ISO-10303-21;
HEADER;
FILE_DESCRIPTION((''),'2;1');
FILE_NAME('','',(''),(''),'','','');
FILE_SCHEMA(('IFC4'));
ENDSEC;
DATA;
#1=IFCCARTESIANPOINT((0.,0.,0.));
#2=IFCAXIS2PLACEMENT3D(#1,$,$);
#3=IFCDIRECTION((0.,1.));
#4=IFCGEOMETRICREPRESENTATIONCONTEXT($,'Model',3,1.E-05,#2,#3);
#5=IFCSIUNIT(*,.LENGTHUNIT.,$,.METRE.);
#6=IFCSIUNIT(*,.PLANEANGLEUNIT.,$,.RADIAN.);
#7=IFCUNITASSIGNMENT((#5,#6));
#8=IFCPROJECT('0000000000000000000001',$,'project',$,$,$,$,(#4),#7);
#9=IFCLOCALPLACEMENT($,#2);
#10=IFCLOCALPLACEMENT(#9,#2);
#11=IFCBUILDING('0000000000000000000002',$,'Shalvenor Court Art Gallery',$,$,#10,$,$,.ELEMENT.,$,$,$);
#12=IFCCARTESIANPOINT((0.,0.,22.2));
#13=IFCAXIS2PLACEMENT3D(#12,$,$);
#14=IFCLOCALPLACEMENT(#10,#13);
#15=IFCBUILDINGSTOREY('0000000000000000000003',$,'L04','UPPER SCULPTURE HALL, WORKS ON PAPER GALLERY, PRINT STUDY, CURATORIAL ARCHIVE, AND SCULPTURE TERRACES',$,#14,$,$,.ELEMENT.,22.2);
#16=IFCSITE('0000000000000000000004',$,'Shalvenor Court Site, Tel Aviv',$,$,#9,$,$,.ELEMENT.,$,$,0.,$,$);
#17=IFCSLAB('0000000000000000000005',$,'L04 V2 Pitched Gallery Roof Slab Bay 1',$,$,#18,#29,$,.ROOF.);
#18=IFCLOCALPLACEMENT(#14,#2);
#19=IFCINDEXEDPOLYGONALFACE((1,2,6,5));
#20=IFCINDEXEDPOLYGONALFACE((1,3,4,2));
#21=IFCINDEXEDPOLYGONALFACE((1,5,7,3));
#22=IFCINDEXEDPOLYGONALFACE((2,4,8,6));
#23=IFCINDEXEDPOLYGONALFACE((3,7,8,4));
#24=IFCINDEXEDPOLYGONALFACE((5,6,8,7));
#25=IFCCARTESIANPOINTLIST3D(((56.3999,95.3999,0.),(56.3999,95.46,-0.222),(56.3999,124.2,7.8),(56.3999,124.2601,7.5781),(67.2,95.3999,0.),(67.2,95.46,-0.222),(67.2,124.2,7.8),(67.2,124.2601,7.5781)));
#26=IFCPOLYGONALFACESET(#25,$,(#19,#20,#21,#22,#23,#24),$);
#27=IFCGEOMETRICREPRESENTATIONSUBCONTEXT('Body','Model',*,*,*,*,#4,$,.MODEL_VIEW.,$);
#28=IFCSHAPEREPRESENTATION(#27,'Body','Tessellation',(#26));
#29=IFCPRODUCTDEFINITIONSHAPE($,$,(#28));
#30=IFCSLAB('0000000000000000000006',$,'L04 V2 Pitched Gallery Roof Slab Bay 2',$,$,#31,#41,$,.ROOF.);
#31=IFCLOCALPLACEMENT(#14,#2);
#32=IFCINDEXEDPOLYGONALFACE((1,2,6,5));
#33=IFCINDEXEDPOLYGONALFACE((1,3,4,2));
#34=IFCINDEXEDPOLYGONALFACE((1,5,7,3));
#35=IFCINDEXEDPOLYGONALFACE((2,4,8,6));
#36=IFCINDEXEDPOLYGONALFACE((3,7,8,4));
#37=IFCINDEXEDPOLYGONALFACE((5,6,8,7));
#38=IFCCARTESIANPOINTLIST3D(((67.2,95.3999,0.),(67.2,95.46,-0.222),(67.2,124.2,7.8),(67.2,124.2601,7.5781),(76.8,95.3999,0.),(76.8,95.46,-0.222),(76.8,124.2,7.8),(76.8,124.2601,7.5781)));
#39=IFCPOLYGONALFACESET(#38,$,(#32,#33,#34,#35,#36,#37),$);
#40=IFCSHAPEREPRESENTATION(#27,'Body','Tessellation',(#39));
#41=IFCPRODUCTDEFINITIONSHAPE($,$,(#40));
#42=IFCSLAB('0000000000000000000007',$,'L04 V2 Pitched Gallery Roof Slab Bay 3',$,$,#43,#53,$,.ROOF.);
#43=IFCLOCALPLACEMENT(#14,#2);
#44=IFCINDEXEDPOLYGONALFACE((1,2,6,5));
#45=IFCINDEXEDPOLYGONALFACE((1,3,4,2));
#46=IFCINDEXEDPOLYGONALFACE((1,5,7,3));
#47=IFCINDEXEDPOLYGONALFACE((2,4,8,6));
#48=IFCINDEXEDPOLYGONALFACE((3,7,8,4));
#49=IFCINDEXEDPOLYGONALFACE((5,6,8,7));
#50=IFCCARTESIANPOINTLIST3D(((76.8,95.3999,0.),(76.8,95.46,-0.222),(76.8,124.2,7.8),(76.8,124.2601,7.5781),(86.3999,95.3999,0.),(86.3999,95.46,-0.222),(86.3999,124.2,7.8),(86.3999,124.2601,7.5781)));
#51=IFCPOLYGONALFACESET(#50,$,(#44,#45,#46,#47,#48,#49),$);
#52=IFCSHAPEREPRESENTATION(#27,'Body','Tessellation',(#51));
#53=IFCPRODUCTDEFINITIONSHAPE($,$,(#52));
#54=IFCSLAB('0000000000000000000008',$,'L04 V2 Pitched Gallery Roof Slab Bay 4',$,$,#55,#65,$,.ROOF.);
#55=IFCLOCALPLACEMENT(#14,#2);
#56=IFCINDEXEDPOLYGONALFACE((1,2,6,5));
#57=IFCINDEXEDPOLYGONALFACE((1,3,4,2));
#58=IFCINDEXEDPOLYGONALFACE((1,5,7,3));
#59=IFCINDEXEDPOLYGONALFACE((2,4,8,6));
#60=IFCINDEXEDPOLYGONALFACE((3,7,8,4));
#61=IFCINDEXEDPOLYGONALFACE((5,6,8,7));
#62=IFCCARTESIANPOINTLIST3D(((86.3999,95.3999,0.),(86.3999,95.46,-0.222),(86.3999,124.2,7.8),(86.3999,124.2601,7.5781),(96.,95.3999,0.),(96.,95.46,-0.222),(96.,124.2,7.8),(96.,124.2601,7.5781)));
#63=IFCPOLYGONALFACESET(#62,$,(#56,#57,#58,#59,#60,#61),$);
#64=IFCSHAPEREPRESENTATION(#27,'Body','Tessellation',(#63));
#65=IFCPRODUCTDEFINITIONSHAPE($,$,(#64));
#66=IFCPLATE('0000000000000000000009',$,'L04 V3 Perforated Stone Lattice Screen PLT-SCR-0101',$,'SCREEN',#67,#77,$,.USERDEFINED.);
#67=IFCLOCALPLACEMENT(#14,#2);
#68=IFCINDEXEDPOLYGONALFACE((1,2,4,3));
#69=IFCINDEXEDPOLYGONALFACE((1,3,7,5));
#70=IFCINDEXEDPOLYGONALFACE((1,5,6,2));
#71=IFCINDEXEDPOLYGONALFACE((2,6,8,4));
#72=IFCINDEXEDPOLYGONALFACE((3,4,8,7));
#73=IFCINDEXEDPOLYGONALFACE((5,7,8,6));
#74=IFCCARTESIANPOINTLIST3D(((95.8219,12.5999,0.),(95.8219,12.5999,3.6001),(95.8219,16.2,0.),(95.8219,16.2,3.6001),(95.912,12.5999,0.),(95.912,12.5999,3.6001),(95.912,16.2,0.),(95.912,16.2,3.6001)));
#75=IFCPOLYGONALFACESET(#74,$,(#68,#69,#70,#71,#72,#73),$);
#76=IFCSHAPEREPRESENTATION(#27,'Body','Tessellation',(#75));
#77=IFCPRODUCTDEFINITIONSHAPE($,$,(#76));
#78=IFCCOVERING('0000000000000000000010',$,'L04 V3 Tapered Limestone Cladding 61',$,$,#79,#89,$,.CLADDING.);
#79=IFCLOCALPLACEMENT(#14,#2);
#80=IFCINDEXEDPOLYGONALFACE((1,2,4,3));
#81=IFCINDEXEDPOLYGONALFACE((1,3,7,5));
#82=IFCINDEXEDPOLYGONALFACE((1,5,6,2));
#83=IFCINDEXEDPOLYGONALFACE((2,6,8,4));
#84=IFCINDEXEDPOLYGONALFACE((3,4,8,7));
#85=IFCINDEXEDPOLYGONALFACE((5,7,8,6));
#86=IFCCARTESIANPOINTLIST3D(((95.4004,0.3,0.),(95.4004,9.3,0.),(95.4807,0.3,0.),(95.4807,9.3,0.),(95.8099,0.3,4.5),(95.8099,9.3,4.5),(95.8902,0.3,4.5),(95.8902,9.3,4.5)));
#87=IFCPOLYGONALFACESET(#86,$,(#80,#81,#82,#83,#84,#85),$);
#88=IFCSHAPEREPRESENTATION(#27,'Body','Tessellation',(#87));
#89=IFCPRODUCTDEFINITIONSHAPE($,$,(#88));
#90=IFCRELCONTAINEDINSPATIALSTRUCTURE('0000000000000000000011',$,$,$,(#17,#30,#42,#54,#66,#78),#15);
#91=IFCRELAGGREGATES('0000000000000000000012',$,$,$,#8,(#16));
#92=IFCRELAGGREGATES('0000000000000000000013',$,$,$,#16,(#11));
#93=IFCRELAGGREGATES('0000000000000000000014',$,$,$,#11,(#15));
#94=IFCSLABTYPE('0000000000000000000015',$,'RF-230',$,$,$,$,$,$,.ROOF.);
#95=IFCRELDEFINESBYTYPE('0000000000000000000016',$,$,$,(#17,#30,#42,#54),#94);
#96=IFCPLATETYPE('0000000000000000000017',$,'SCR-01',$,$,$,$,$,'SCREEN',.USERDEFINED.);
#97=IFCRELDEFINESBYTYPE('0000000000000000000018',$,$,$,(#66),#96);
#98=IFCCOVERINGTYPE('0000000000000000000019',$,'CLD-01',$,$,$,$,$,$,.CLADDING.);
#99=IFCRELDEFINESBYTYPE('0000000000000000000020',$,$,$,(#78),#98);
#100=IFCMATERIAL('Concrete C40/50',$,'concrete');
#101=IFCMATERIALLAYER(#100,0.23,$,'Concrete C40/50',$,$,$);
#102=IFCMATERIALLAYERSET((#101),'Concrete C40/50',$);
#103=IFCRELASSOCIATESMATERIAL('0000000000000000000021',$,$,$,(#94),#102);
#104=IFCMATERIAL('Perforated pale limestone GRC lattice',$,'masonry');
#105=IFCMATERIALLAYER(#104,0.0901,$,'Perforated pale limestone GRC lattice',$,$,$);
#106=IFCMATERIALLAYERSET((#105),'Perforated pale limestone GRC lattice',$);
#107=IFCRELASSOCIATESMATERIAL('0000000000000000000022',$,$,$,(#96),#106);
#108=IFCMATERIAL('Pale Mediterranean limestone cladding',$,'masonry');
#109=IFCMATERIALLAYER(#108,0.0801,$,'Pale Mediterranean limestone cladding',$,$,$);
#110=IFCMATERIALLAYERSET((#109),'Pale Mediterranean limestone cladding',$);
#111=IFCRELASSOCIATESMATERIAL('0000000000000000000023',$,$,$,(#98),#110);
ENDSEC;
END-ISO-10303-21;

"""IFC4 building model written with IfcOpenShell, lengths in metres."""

from ifc_helpers import new_model, si_unit, direction, frame, origin, origin_2d, place, context, subcontext, project, spatial, polyline, rectangle, outline, extrude, material, layer, layer_set, type_object, element, save


model = new_model("IFC4")

# Units and contexts
model_context = context("Model", 3, precision=1e-05, world=origin(), true_north=direction((0.0, 1.0)))
body_context = subcontext(model_context, "Body", "Model", "MODEL_VIEW")
ifc_project = project(units=[si_unit("LENGTHUNIT", "METRE"), si_unit("PLANEANGLEUNIT", "RADIAN")], contexts=[model_context])

# Site, building, storey
site_placement = place(None, origin())
site = spatial("IfcSite", under=ifc_project, at=site_placement, Name="Shalvenor Court Site, Tel Aviv", CompositionType="ELEMENT", RefElevation=0.0)
building_placement = place(site_placement, origin())
building = spatial("IfcBuilding", under=site, at=building_placement, Name="Shalvenor Court Art Gallery", CompositionType="ELEMENT")
storey_placement = place(building_placement, frame((0.0, 0.0, 22.2)))
storey = spatial("IfcBuildingStorey", under=building, at=storey_placement, Name="L04", Description="UPPER SCULPTURE HALL, WORKS ON PAPER GALLERY, PRINT STUDY, CURATORIAL ARCHIVE, AND SCULPTURE TERRACES", CompositionType="ELEMENT", Elevation=22.2)

# Slabs
ifc_material_1 = material(Name="Concrete C40/50", Category="concrete")
ifc_layer_1 = layer(ifc_material_1, 0.23, Name="Concrete C40/50")
ifc_layer_set_1 = layer_set([ifc_layer_1], Name="Concrete C40/50")
slab_type = type_object("IfcSlabType", Name="RF-230", PredefinedType="ROOF", material=ifc_layer_set_1)
slab_1_placement = place(storey_placement, frame((56.3999, 95.3999, 0.0), z_axis=(0.0, -0.261417, 0.965226), x_axis=(1.0, 0.0, 0.0)))
element("IfcSlab", 1, at=slab_1_placement, inside=storey, type_object=slab_type, Name="L04 V2 Pitched Gallery Roof Slab Bay 1", PredefinedType="ROOF", context=body_context, shape_type="SweptSolid", body=[
    extrude(outline(polyline([(0.0, 0.0), (10.8, 0.0), (10.8, 29.8376), (0.0, 29.8376), (0.0, 0.0)])), origin(), (0.0, 0.0, -1.0), 0.23),
])
slab_2_placement = place(storey_placement, frame((67.2, 95.3999, 0.0), z_axis=(0.0, -0.261417, 0.965226), x_axis=(1.0, 0.0, 0.0)))
element("IfcSlab", 2, at=slab_2_placement, inside=storey, type_object=slab_type, Name="L04 V2 Pitched Gallery Roof Slab Bay 2", PredefinedType="ROOF", context=body_context, shape_type="SweptSolid", body=[
    extrude(outline(polyline([(0.0, 0.0), (9.6001, 0.0), (9.6001, 29.8376), (0.0, 29.8376), (0.0, 0.0)])), origin(), (0.0, 0.0, -1.0), 0.23),
])
slab_3_placement = place(storey_placement, frame((76.8, 95.3999, 0.0), z_axis=(0.0, -0.261417, 0.965226), x_axis=(1.0, 0.0, 0.0)))
element("IfcSlab", 3, at=slab_3_placement, inside=storey, type_object=slab_type, Name="L04 V2 Pitched Gallery Roof Slab Bay 3", PredefinedType="ROOF", context=body_context, shape_type="SweptSolid", body=[
    extrude(outline(polyline([(0.0, 0.0), (9.5999, 0.0), (9.5999, 29.8376), (0.0, 29.8376), (0.0, 0.0)])), origin(), (0.0, 0.0, -1.0), 0.23),
])
slab_4_placement = place(storey_placement, frame((86.3999, 95.3999, 0.0), z_axis=(0.0, -0.261417, 0.965226), x_axis=(1.0, 0.0, 0.0)))
element("IfcSlab", 4, at=slab_4_placement, inside=storey, type_object=slab_type, Name="L04 V2 Pitched Gallery Roof Slab Bay 4", PredefinedType="ROOF", context=body_context, shape_type="SweptSolid", body=[
    extrude(outline(polyline([(0.0, 0.0), (9.6001, 0.0), (9.6001, 29.8376), (0.0, 29.8376), (0.0, 0.0)])), origin(), (0.0, 0.0, -1.0), 0.23),
])

# Plate
ifc_material_2 = material(Name="Perforated pale limestone GRC lattice", Category="masonry")
ifc_layer_2 = layer(ifc_material_2, 0.0901, Name="Perforated pale limestone GRC lattice")
ifc_layer_set_2 = layer_set([ifc_layer_2], Name="Perforated pale limestone GRC lattice")
plate_type = type_object("IfcPlateType", Name="SCR-01", ElementType="SCREEN", PredefinedType="USERDEFINED", material=ifc_layer_set_2)
plate_placement = place(storey_placement, frame((95.8669, 14.3999, 0.0), z_axis=(0.0, 0.0, 1.0), x_axis=(0.0, 1.0, 0.0)))
element("IfcPlate", 5, at=plate_placement, inside=storey, type_object=plate_type, Name="L04 V3 Perforated Stone Lattice Screen PLT-SCR-0101", ObjectType="SCREEN", PredefinedType="USERDEFINED", context=body_context, shape_type="SweptSolid", body=[
    extrude(rectangle(XDim=3.6001, YDim=0.0901, at=origin_2d()), origin(), (0.0, 0.0, 1.0), 3.6001),
])

# Covering
ifc_material_3 = material(Name="Pale Mediterranean limestone cladding", Category="masonry")
ifc_layer_3 = layer(ifc_material_3, 0.0801, Name="Pale Mediterranean limestone cladding")
ifc_layer_set_3 = layer_set([ifc_layer_3], Name="Pale Mediterranean limestone cladding")
covering_type_1 = type_object("IfcCoveringType", Name="CLD-01", PredefinedType="CLADDING", material=ifc_layer_set_3)
covering_1_placement = place(storey_placement, frame((95.4004, 9.3, 0.0), z_axis=(0.0, 0.0, 1.0), x_axis=(0.0, -1.0, 0.0)))
element("IfcCovering", 6, at=covering_1_placement, inside=storey, type_object=covering_type_1, Name="L04 V3 Tapered Limestone Cladding 61", PredefinedType="CLADDING", context=body_context, shape_type="SweptSolid", body=[
    extrude(outline(polyline([(0.0, 0.0), (9.0, 0.0), (9.0, 4.5186), (0.0, 4.5186), (0.0, 0.0)])), frame((0.0, 0.0, 0.0), z_axis=(0.0, -0.995884, 0.090633), x_axis=(1.0, 0.0, 0.0)), (0.0, 0.090633, -0.995884), 0.0803),
])

save(model, "model.ifc")
